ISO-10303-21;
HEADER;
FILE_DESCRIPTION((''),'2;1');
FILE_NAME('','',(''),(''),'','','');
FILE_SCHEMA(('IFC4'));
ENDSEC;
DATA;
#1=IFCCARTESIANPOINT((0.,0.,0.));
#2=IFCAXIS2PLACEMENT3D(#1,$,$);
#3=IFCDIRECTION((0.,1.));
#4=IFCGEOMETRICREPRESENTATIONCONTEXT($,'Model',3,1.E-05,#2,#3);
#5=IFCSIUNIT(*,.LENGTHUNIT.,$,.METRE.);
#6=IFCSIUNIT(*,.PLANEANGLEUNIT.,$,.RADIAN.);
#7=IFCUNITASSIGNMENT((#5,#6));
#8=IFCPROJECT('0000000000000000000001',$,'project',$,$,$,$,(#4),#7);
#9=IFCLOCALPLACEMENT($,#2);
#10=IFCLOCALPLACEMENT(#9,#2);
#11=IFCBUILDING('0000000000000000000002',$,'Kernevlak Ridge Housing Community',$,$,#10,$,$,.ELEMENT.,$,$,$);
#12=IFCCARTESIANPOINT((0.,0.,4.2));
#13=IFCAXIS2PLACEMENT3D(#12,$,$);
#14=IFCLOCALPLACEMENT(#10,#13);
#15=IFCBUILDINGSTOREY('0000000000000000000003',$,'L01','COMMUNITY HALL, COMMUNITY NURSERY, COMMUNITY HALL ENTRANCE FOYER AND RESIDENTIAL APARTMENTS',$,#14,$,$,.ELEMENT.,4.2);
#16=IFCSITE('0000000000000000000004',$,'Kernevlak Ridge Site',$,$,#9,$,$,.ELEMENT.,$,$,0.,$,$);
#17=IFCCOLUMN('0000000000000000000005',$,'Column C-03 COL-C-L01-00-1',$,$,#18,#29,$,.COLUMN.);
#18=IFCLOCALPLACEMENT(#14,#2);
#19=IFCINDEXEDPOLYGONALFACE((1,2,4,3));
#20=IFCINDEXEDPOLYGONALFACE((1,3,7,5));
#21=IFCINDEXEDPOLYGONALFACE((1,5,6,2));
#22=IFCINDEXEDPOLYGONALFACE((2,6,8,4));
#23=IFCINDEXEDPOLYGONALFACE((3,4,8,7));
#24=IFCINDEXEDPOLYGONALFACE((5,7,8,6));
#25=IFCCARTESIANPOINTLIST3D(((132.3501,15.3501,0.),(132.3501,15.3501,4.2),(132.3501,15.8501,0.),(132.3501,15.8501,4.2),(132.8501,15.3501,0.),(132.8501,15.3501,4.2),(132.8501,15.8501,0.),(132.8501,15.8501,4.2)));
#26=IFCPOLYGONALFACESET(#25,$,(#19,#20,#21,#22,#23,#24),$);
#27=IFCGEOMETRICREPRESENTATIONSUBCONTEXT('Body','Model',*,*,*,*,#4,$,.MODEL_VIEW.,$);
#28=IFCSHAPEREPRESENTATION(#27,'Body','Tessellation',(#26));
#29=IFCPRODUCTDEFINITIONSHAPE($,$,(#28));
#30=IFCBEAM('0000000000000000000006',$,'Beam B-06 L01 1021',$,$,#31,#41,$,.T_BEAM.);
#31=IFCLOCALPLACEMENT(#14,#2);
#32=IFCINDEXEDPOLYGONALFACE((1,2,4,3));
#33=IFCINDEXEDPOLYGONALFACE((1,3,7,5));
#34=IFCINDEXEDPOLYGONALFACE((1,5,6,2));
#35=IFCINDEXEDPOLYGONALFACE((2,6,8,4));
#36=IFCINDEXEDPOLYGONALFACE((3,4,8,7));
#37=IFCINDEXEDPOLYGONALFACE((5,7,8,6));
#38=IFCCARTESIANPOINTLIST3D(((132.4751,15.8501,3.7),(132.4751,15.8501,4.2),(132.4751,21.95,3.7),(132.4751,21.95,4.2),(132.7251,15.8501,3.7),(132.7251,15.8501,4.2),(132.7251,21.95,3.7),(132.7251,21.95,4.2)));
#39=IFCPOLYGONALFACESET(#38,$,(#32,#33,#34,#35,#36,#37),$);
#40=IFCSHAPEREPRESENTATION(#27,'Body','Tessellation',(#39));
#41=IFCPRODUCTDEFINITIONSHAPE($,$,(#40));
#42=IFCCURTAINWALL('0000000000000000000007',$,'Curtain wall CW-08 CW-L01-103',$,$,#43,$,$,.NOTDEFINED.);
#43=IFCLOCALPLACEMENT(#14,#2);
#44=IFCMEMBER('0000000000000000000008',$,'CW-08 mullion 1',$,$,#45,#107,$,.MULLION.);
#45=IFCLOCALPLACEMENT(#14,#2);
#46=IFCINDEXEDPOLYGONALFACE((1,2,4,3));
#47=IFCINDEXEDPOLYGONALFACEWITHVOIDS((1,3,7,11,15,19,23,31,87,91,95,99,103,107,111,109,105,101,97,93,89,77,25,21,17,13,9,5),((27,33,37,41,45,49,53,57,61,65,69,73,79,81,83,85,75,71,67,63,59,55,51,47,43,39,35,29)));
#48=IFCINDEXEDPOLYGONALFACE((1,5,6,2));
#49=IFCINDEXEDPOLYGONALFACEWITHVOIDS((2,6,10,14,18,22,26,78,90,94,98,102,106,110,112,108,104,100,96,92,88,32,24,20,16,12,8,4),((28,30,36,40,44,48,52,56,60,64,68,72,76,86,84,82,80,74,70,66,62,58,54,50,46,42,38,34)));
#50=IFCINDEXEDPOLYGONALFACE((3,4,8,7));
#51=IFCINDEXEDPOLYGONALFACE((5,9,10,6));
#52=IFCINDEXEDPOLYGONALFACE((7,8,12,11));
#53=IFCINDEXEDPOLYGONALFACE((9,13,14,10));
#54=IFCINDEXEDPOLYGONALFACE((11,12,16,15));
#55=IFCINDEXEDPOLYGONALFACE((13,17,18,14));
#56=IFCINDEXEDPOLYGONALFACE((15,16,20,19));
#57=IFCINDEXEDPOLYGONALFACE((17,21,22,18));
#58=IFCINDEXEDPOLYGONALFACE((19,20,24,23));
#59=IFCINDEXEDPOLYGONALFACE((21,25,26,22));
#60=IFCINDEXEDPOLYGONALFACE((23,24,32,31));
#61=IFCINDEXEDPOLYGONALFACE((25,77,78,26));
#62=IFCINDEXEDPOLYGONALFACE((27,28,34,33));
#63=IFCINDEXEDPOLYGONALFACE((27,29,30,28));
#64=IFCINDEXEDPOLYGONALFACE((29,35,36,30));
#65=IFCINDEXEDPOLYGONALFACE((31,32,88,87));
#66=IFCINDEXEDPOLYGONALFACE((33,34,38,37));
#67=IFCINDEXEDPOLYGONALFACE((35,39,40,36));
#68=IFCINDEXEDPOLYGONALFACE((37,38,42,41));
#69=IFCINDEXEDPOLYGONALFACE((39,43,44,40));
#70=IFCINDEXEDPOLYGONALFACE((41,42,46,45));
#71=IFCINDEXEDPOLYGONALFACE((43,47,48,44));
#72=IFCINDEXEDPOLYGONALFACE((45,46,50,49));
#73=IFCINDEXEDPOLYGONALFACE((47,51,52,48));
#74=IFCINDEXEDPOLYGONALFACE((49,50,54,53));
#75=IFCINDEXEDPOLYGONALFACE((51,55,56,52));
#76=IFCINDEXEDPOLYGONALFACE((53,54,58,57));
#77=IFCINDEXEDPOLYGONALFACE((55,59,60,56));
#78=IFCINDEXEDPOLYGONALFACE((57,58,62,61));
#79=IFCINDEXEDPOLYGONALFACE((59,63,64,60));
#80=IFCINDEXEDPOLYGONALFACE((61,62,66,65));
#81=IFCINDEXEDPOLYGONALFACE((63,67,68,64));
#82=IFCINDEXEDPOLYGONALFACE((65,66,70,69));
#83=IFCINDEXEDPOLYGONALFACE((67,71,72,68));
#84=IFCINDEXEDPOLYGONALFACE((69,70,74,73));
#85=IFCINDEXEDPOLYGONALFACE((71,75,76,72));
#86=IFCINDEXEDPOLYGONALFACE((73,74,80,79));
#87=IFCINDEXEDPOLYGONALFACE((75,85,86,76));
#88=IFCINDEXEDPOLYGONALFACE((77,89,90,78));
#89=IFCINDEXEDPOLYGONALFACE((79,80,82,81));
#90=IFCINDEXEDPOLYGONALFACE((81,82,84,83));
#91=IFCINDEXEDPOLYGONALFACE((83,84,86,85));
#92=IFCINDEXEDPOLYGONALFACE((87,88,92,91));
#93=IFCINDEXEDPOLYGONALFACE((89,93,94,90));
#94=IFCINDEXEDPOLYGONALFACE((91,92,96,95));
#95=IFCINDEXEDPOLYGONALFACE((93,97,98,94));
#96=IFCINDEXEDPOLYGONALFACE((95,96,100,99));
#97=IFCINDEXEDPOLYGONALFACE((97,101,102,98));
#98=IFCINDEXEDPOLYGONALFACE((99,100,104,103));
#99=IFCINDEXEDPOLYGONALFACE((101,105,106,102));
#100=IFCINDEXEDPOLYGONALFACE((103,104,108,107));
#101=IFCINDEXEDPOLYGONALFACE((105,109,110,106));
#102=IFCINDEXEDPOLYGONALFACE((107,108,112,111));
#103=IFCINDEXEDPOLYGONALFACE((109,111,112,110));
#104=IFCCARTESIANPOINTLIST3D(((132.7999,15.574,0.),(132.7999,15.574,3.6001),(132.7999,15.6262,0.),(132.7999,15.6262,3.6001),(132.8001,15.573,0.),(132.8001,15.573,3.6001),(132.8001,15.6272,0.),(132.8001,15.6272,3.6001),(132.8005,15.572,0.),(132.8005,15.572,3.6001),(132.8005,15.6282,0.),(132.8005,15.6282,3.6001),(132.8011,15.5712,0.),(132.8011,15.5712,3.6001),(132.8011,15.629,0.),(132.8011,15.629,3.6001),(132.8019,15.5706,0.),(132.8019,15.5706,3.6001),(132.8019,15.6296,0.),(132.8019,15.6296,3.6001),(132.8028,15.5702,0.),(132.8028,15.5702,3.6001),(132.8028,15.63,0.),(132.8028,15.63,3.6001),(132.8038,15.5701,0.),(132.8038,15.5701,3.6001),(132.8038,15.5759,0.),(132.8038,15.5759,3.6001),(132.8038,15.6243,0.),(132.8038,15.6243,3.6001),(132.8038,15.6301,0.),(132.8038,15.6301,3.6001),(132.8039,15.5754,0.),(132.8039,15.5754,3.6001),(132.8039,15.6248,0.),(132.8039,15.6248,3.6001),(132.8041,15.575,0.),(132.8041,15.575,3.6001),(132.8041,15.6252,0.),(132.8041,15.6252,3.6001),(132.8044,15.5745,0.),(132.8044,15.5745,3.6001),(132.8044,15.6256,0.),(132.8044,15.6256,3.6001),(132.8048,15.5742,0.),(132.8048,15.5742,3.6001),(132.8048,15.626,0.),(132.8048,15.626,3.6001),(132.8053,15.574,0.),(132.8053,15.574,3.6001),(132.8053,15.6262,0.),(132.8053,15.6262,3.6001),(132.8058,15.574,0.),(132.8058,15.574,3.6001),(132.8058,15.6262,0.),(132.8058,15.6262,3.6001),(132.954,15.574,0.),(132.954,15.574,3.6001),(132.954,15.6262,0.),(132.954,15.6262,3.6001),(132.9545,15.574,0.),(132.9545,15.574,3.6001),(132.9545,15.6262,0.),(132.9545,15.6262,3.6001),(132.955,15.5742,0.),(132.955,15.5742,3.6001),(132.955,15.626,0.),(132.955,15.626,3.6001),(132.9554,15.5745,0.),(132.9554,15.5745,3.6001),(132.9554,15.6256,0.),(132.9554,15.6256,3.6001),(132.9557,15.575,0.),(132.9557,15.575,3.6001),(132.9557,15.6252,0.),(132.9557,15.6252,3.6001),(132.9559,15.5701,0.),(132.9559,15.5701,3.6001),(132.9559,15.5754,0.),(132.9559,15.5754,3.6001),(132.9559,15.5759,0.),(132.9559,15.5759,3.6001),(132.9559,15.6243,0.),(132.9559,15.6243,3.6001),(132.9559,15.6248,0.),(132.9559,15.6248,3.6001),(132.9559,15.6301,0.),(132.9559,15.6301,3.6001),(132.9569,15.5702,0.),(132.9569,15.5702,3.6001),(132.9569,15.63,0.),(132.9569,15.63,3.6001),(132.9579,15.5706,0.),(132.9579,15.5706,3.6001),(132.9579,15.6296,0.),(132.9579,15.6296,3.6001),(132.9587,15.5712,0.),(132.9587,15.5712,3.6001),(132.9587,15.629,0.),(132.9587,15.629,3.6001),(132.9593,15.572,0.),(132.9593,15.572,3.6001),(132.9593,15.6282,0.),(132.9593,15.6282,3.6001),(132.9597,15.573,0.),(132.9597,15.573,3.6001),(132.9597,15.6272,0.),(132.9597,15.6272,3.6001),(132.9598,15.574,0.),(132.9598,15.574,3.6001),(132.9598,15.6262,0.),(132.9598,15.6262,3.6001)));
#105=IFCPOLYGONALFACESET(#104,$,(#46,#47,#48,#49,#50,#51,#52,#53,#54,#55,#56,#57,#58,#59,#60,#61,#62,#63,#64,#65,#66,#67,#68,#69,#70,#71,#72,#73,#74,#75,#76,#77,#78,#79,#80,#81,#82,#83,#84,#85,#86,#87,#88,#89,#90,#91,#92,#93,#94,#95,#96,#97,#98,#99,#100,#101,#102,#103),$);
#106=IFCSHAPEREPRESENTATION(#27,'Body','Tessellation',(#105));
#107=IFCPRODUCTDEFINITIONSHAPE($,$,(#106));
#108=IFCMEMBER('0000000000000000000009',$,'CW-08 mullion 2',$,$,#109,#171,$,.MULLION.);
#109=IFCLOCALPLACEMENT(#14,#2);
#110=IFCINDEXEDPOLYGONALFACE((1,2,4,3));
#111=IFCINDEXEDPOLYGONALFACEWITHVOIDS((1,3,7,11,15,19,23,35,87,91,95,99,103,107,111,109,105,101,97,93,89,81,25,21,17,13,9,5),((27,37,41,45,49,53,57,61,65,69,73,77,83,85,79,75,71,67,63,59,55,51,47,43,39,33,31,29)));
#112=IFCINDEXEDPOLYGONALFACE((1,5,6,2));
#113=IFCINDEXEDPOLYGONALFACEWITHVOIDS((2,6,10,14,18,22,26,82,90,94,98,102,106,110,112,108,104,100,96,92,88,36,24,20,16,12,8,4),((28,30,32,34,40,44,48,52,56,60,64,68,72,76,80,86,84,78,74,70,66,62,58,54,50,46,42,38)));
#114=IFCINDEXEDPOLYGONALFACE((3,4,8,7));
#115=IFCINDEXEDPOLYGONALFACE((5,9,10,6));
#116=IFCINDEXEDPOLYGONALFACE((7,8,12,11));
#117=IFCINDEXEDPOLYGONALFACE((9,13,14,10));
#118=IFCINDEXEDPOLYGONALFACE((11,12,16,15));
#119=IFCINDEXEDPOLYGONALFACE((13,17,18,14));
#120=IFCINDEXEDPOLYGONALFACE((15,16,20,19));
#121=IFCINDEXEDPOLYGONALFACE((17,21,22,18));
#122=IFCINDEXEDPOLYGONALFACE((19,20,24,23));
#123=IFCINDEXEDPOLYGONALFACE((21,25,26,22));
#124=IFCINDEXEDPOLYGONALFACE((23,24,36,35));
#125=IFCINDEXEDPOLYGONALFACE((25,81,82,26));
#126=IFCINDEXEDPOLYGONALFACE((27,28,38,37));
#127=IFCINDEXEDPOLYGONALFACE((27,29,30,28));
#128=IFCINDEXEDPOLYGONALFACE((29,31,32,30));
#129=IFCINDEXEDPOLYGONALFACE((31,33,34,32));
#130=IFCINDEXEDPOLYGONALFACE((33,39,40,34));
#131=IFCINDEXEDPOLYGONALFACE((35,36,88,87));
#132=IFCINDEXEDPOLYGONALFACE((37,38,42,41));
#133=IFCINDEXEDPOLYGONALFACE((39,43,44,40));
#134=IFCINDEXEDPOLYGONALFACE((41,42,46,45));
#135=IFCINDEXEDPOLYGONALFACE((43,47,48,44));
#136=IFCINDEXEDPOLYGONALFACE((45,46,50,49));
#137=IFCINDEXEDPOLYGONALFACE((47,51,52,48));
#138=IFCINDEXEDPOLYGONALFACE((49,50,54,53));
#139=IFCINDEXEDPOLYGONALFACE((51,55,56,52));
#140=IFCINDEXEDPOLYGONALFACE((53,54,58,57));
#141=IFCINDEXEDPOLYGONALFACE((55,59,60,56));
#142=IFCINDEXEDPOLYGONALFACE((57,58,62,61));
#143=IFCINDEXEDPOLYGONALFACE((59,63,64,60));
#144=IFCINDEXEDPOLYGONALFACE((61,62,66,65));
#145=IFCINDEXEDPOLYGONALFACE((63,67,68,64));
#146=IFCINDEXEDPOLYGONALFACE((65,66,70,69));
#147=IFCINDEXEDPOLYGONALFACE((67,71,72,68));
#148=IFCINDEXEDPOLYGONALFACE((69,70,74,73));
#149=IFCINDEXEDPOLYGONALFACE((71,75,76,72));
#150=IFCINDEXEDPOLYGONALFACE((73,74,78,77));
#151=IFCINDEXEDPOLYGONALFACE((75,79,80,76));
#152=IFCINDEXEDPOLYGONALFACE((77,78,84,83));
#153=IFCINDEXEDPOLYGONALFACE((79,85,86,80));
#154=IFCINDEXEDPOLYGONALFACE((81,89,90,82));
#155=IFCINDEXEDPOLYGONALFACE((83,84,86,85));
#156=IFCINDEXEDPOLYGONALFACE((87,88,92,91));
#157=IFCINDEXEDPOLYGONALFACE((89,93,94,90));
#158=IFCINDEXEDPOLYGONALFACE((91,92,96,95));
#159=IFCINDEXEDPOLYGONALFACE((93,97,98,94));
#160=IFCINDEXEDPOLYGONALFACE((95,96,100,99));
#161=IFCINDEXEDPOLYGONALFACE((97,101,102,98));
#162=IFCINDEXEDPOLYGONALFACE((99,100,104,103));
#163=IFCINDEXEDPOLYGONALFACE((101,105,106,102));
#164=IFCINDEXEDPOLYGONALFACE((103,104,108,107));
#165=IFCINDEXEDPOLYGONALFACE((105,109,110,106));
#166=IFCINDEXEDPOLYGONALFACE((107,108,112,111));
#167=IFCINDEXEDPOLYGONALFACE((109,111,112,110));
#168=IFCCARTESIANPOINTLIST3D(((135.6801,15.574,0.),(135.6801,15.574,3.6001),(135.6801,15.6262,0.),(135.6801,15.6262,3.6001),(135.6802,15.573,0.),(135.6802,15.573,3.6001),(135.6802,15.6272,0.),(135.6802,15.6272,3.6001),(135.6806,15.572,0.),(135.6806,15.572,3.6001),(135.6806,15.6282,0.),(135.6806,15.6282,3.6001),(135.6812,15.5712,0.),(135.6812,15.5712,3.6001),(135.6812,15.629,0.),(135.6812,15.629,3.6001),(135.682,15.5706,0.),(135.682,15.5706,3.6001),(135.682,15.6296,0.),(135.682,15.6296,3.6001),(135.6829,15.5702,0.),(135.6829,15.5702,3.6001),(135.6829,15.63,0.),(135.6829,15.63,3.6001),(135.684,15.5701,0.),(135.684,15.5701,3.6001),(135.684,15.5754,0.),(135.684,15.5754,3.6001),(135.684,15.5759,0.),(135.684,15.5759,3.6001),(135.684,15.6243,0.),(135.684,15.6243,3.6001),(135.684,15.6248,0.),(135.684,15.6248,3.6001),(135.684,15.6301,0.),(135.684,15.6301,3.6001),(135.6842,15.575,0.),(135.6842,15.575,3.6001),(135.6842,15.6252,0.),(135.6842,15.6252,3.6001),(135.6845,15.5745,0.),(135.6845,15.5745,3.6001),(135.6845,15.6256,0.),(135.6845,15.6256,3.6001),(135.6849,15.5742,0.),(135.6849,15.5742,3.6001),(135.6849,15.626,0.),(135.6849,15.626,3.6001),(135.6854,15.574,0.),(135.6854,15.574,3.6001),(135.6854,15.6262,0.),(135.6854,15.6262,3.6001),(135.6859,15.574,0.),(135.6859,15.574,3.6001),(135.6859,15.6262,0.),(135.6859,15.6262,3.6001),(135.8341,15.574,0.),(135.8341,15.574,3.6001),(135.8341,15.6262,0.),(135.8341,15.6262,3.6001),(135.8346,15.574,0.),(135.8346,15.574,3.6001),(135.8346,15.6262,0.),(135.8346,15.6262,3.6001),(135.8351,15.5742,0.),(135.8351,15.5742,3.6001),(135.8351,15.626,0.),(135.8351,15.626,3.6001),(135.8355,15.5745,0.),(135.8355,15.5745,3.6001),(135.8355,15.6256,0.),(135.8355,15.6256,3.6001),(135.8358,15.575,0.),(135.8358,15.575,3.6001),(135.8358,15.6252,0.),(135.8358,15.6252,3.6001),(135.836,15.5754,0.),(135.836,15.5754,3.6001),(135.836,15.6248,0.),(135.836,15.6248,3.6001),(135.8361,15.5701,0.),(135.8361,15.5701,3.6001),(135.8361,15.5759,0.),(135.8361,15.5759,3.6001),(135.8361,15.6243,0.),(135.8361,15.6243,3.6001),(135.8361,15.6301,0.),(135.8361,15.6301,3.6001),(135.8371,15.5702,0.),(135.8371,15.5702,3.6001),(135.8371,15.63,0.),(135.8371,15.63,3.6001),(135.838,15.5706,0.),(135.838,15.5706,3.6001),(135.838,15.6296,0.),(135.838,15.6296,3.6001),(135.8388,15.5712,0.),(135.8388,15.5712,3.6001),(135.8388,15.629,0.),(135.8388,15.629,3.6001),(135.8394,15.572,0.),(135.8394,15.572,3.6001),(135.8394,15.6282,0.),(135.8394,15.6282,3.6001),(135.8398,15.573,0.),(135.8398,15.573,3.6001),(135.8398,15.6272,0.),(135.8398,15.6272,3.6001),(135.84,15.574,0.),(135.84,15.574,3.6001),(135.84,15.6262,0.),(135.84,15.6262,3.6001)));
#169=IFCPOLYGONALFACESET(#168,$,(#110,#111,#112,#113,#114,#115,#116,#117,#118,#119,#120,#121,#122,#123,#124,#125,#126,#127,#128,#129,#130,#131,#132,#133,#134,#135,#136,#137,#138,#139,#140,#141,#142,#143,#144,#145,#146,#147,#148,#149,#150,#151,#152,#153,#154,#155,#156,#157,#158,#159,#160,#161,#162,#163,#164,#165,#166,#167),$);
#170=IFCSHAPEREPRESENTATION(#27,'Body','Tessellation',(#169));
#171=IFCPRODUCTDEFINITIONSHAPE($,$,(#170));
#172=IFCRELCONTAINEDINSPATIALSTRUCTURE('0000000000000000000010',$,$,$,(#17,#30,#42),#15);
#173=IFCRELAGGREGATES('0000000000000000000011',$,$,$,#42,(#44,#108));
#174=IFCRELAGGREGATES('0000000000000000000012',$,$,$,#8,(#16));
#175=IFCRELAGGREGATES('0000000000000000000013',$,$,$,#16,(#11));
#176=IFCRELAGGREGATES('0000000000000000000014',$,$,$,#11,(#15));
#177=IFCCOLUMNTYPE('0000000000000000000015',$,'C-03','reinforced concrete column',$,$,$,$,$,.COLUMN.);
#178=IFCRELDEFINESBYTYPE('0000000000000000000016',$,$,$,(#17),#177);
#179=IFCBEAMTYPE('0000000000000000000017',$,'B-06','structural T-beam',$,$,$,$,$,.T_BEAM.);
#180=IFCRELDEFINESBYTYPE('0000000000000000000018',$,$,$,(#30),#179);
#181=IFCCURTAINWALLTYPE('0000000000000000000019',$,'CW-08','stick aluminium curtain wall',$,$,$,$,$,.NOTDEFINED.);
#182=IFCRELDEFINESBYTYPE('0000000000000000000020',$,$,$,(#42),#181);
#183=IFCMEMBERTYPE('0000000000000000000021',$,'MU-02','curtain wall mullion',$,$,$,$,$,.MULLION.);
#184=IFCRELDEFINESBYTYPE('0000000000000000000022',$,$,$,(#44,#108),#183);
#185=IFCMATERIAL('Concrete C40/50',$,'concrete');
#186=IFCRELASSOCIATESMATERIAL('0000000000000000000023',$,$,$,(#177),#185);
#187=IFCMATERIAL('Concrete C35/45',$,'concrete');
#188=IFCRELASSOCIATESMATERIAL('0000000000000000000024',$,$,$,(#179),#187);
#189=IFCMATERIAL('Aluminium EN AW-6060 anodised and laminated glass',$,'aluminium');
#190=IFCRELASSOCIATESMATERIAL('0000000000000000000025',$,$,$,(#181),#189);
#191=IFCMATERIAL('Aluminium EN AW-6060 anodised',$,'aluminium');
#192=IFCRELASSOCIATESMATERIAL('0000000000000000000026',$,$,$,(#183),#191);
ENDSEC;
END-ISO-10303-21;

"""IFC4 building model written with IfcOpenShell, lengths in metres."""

from ifc_helpers import new_model, si_unit, direction, frame, origin, origin_2d, place, context, subcontext, project, spatial, rectangle, hollow_rectangle, extrude, material, material_profile, profile_set, type_object, element, aggregate, save


model = new_model("IFC4")

# Units and contexts
model_context = context("Model", 3, precision=1e-05, world=origin(), true_north=direction((0.0, 1.0)))
body_context = subcontext(model_context, "Body", "Model", "MODEL_VIEW")
ifc_project = project(units=[si_unit("LENGTHUNIT", "METRE"), si_unit("PLANEANGLEUNIT", "RADIAN")], contexts=[model_context])

# Site, building, storey
site_placement = place(None, origin())
site = spatial("IfcSite", under=ifc_project, at=site_placement, Name="Kernevlak Ridge Site", CompositionType="ELEMENT", RefElevation=0.0)
building_placement = place(site_placement, origin())
building = spatial("IfcBuilding", under=site, at=building_placement, Name="Kernevlak Ridge Housing Community", CompositionType="ELEMENT")
storey_placement = place(building_placement, frame((0.0, 0.0, 4.2)))
storey = spatial("IfcBuildingStorey", under=building, at=storey_placement, Name="L01", Description="COMMUNITY HALL, COMMUNITY NURSERY, COMMUNITY HALL ENTRANCE FOYER AND RESIDENTIAL APARTMENTS", CompositionType="ELEMENT", Elevation=4.2)

# Column
ifc_material_1 = material(Name="Concrete C40/50", Category="concrete")
ifc_material_profile_1 = material_profile(ifc_material_1, rectangle(XDim=0.5, YDim=0.5, at=origin_2d()), Name="RC 500x500")
ifc_profile_set_1 = profile_set([ifc_material_profile_1], Name="Concrete C40/50")
column_type = type_object("IfcColumnType", Name="C-03", Description="reinforced concrete column", PredefinedType="COLUMN", material=ifc_profile_set_1)
column_placement = place(storey_placement, frame((132.6001, 15.6001, 0.0), z_axis=(0.0, 0.0, 1.0), x_axis=(1.0, 0.0, 0.0)))
element("IfcColumn", 1, at=column_placement, inside=storey, type_object=column_type, Name="Column C-03 COL-C-L01-00-1", PredefinedType="COLUMN", context=body_context, shape_type="SweptSolid", body=[
    extrude(rectangle(XDim=0.5, YDim=0.5, at=origin_2d()), origin(), (0.0, 0.0, 1.0), 4.2),
])

# Beam
ifc_material_2 = material(Name="Concrete C35/45", Category="concrete")
ifc_material_profile_2 = material_profile(ifc_material_2, rectangle(XDim=0.25, YDim=0.5, at=origin_2d()), Name="RC 250x500")
ifc_profile_set_2 = profile_set([ifc_material_profile_2], Name="Concrete C35/45")
beam_type_1 = type_object("IfcBeamType", Name="B-06", Description="structural T-beam", PredefinedType="T_BEAM", material=ifc_profile_set_2)
beam_1_placement = place(storey_placement, frame((132.6001, 15.8501, 3.95), z_axis=(0.0, 1.0, 0.0), x_axis=(-1.0, 0.0, 0.0)))
element("IfcBeam", 2, at=beam_1_placement, inside=storey, type_object=beam_type_1, Name="Beam B-06 L01 1021", PredefinedType="T_BEAM", context=body_context, shape_type="SweptSolid", body=[
    extrude(rectangle(XDim=0.25, YDim=0.5, at=origin_2d()), origin(), (0.0, 0.0, 1.0), 6.0999),
])

# Curtain wall, members
ifc_material_3 = material(Name="Aluminium EN AW-6060 anodised and laminated glass", Category="aluminium")
curtain_wall_type_1 = type_object("IfcCurtainWallType", Name="CW-08", Description="stick aluminium curtain wall", PredefinedType="NOTDEFINED", material=ifc_material_3)
curtain_wall_1_placement = place(storey_placement, origin())
curtain_wall_1 = element("IfcCurtainWall", 3, at=curtain_wall_1_placement, inside=storey, type_object=curtain_wall_type_1, Name="Curtain wall CW-08 CW-L01-103", PredefinedType="NOTDEFINED")
ifc_material_4 = material(Name="Aluminium EN AW-6060 anodised", Category="aluminium")
ifc_material_profile_3 = material_profile(ifc_material_4, hollow_rectangle(XDim=0.0601, YDim=0.1599, WallThickness=0.0039, InnerFilletRadius=0.002, OuterFilletRadius=0.0039, at=origin_2d()), Name="ALU 60x160x4")
ifc_profile_set_3 = profile_set([ifc_material_profile_3], Name="Aluminium EN AW-6060 anodised")
member_type_1 = type_object("IfcMemberType", Name="MU-02", Description="curtain wall mullion", PredefinedType="MULLION", material=ifc_profile_set_3)
member_1_placement = place(storey_placement, frame((132.8799, 15.6001, 0.0), z_axis=(0.0, 0.0, 1.0), x_axis=(0.0, 1.0, 0.0)))
member_1 = element("IfcMember", 4, at=member_1_placement, type_object=member_type_1, Name="CW-08 mullion 1", PredefinedType="MULLION", context=body_context, shape_type="SweptSolid", body=[
    extrude(hollow_rectangle(XDim=0.0601, YDim=0.1599, WallThickness=0.0039, InnerFilletRadius=0.002, OuterFilletRadius=0.0039, at=origin_2d()), origin(), (0.0, 0.0, 1.0), 3.6001),
])
member_2_placement = place(storey_placement, frame((135.76, 15.6001, 0.0), z_axis=(0.0, 0.0, 1.0), x_axis=(0.0, 1.0, 0.0)))
member_2 = element("IfcMember", 5, at=member_2_placement, type_object=member_type_1, Name="CW-08 mullion 2", PredefinedType="MULLION", context=body_context, shape_type="SweptSolid", body=[
    extrude(hollow_rectangle(XDim=0.0601, YDim=0.1599, WallThickness=0.0039, InnerFilletRadius=0.002, OuterFilletRadius=0.0039, at=origin_2d()), origin(), (0.0, 0.0, 1.0), 3.6001),
])

aggregate(curtain_wall_1, [member_1, member_2])

save(model, "model.ifc")
